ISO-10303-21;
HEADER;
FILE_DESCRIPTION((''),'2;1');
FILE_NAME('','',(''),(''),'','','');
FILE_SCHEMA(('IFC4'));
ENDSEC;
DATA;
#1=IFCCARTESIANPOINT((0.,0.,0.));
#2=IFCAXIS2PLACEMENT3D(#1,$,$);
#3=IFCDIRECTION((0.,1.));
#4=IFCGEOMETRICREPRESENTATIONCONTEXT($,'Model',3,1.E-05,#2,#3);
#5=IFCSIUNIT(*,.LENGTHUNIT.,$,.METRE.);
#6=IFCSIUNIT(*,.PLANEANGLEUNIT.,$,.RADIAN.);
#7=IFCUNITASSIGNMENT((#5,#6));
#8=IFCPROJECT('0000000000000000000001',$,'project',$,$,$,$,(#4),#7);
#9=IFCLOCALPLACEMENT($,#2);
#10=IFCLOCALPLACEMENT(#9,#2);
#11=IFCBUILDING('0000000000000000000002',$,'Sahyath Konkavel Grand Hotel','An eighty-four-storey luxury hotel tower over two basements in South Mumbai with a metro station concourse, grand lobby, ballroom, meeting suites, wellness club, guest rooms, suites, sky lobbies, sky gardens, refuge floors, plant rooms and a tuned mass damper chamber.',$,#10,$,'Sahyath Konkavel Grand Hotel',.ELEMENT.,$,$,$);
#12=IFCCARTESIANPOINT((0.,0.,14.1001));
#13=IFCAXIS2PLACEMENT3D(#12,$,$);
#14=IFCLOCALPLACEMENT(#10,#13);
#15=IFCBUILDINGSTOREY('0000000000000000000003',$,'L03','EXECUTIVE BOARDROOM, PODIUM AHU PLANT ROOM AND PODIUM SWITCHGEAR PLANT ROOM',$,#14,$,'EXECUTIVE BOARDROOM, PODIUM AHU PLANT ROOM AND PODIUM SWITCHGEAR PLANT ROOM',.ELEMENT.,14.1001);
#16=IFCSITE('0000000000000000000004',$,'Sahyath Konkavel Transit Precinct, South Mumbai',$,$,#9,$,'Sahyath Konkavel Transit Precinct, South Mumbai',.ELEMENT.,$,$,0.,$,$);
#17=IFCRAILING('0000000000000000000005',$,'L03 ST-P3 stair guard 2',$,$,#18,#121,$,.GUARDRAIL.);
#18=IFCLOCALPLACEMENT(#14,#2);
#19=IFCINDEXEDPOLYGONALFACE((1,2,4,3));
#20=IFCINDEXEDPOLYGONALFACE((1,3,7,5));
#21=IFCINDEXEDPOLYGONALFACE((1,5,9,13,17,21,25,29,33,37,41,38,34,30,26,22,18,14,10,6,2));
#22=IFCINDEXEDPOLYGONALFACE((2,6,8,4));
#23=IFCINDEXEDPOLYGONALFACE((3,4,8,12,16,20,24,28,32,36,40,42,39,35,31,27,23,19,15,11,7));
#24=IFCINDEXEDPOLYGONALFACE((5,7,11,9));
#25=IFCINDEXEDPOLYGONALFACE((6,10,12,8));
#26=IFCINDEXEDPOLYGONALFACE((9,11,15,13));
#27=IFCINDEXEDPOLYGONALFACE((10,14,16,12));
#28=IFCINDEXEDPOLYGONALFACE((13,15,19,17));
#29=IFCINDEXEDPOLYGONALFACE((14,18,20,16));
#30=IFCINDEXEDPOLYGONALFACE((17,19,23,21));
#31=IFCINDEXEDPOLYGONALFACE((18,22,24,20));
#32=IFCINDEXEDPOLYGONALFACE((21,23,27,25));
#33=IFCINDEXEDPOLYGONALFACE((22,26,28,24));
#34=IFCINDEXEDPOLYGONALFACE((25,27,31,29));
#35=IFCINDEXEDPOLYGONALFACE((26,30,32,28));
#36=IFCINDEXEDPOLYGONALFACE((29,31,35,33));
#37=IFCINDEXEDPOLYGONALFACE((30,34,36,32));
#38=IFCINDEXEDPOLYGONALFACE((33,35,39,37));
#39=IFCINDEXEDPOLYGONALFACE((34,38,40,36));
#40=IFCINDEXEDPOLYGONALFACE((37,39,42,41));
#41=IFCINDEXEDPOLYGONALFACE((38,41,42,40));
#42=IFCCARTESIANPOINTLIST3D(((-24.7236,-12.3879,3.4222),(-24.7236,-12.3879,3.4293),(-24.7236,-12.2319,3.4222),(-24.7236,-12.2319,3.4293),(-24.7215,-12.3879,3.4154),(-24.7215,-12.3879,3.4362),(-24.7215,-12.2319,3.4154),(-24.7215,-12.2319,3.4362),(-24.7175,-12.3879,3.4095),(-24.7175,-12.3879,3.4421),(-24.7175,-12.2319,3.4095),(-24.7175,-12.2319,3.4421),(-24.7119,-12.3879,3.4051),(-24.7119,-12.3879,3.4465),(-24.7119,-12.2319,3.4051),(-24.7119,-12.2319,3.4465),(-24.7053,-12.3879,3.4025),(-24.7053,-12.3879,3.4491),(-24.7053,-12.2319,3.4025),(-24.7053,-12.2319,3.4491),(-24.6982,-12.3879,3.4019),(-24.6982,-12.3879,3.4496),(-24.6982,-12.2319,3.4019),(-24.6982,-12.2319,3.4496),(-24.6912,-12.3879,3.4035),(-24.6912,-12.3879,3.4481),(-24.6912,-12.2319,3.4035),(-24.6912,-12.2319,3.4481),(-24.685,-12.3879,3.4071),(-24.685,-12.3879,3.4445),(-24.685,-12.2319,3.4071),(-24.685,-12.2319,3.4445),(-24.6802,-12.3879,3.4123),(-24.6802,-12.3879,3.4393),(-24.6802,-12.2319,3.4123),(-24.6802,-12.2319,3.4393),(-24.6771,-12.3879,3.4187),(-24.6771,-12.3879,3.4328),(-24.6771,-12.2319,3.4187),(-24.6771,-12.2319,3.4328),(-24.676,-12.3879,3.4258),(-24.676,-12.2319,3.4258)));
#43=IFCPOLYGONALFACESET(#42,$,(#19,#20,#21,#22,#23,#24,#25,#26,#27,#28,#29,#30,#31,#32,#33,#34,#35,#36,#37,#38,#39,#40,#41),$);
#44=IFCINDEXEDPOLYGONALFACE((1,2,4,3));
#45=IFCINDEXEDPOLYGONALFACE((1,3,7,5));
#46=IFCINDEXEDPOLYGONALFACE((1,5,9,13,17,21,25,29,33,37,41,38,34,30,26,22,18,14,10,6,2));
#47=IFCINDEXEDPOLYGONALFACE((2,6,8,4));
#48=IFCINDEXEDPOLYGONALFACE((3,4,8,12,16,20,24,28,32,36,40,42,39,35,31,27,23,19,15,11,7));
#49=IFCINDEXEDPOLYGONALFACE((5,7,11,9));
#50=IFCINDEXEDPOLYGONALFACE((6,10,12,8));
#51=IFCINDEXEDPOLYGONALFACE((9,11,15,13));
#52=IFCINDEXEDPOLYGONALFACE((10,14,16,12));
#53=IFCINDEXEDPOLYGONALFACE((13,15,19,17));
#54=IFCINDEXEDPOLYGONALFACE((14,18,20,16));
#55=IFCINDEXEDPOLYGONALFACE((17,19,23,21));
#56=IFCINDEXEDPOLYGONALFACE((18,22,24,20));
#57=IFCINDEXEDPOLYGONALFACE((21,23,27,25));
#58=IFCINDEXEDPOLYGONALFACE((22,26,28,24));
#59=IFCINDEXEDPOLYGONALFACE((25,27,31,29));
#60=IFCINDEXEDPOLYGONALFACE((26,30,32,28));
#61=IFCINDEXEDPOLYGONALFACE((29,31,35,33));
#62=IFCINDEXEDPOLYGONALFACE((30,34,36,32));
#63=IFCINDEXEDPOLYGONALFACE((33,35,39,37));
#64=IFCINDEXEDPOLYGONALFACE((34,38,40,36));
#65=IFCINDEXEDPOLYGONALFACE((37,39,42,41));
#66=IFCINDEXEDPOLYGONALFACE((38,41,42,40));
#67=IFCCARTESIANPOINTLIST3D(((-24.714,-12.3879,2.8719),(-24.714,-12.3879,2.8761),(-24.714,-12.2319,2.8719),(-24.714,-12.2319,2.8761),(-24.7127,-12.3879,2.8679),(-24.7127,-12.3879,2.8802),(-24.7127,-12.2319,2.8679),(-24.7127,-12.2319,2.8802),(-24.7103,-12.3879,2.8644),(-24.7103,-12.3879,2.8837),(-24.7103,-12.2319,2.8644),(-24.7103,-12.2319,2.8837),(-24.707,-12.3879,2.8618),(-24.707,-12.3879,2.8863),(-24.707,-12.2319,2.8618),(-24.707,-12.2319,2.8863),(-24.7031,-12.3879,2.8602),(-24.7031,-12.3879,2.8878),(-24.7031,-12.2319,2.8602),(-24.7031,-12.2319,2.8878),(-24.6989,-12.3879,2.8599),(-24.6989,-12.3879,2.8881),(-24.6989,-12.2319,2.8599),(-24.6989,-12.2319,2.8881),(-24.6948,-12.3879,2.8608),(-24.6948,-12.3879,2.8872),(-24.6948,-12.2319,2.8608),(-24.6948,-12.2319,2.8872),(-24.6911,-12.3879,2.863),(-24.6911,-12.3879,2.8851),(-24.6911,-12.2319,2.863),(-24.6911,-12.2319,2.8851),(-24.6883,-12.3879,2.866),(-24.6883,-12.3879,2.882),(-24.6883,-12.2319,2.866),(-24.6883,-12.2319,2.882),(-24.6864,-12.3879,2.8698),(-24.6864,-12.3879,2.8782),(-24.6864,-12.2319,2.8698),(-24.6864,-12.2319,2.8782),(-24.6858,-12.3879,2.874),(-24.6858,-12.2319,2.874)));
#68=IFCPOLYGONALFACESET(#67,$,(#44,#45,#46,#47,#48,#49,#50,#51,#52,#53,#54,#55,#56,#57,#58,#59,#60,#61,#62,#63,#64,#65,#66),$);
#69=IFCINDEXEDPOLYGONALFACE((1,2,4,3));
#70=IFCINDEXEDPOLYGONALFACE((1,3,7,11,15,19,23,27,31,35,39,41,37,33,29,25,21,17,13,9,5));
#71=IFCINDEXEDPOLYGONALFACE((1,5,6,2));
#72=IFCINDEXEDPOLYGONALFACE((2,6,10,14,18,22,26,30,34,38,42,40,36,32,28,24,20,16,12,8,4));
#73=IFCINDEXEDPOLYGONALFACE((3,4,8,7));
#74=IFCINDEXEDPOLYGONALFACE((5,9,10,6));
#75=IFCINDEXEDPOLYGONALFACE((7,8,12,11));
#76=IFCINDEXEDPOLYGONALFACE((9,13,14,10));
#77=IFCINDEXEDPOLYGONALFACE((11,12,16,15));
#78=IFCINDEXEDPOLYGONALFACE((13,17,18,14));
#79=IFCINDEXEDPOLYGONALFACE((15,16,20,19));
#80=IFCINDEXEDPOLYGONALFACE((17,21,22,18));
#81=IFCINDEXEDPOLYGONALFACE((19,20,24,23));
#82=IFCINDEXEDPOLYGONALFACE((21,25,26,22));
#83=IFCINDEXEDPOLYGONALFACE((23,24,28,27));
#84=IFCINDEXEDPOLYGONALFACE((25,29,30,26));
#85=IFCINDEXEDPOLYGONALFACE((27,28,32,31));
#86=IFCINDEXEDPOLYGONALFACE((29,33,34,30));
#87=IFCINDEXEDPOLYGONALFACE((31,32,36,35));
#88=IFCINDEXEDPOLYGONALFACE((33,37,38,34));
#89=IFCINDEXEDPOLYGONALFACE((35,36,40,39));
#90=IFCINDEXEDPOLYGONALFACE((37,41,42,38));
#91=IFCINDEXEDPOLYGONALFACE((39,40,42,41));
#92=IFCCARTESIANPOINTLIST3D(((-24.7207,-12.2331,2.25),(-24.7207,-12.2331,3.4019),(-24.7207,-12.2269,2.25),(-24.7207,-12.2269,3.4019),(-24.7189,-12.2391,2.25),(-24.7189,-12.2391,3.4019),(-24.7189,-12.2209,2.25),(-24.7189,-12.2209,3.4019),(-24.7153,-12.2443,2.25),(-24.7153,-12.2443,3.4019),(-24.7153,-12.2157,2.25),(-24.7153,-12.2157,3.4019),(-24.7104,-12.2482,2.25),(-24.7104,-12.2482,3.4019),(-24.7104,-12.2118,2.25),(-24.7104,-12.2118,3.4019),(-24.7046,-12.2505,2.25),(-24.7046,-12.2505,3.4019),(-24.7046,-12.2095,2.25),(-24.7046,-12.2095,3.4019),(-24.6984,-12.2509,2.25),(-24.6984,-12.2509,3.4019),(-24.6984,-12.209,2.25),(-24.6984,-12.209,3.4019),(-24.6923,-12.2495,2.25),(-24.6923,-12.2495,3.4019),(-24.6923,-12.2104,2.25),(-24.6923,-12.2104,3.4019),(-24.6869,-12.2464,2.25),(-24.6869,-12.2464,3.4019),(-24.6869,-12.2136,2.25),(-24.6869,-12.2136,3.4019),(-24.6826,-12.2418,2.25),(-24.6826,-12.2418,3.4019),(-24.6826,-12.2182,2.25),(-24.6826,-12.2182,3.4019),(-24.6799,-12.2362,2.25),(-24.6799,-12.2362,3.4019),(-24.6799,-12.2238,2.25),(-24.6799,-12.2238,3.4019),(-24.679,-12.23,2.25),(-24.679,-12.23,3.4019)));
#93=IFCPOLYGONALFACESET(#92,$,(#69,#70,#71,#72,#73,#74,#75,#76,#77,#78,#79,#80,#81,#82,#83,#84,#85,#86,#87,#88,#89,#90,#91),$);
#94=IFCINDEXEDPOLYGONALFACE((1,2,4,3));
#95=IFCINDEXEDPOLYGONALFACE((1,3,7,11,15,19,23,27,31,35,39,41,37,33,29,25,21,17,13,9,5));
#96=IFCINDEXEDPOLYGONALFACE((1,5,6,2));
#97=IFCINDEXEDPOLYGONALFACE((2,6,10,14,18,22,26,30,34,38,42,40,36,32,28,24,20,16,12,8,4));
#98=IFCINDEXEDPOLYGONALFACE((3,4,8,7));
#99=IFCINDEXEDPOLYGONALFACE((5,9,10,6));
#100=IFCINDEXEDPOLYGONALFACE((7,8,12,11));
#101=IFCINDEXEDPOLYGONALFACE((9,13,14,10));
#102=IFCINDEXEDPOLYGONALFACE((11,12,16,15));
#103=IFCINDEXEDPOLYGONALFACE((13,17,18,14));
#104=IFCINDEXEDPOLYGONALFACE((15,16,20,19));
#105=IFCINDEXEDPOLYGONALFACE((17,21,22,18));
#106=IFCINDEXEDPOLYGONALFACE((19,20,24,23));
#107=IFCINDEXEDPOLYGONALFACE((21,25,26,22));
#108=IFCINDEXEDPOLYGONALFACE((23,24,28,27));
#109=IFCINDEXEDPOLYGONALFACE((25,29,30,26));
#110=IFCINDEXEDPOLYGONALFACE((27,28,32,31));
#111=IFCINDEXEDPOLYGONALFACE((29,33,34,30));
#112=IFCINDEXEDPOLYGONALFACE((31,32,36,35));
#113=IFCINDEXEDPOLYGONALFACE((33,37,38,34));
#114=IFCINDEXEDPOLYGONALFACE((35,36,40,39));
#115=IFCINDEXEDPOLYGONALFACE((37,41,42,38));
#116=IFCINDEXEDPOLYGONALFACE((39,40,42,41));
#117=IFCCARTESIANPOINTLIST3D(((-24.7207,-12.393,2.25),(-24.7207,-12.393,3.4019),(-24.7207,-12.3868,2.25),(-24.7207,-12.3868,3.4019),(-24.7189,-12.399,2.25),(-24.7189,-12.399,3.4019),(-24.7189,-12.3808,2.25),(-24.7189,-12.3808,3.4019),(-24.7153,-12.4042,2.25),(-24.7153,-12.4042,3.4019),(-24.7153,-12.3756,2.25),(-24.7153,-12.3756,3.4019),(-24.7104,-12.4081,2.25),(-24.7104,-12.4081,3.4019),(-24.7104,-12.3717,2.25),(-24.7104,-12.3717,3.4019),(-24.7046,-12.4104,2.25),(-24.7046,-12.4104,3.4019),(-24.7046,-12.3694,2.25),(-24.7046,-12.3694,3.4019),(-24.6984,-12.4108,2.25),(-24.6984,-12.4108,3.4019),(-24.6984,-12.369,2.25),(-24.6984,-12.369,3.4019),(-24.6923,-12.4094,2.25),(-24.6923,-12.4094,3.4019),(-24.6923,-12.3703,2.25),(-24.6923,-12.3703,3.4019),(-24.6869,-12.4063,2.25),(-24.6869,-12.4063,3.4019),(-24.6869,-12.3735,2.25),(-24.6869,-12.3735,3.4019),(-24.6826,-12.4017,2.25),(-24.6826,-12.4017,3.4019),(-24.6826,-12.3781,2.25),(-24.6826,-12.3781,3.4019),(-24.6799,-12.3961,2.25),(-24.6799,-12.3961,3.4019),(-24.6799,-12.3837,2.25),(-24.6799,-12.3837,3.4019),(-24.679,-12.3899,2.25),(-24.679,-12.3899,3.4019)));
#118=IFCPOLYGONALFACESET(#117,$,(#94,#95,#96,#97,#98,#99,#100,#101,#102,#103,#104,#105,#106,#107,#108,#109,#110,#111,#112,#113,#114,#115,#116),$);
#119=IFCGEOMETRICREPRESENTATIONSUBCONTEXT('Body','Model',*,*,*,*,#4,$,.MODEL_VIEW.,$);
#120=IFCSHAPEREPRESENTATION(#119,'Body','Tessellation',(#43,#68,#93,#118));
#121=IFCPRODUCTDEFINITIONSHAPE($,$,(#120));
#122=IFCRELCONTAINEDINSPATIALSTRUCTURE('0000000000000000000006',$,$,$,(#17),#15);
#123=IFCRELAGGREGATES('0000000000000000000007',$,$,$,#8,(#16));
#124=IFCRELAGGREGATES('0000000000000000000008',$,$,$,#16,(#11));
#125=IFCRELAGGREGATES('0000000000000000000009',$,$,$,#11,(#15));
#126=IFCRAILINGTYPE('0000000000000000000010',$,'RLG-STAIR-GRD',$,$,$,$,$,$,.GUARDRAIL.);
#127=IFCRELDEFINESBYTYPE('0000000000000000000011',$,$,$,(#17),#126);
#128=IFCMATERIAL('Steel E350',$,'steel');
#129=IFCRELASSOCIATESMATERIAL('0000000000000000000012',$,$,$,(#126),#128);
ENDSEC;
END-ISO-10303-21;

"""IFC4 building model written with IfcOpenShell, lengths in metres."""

from ifc_helpers import new_model, si_unit, direction, frame, origin, origin_2d, place, context, subcontext, project, spatial, circle, extrude, material, type_object, element, save


model = new_model("IFC4")

# Units and contexts
model_context = context("Model", 3, precision=1e-05, world=origin(), true_north=direction((0.0, 1.0)))
body_context = subcontext(model_context, "Body", "Model", "MODEL_VIEW")
ifc_project = project(units=[si_unit("LENGTHUNIT", "METRE"), si_unit("PLANEANGLEUNIT", "RADIAN")], contexts=[model_context])

# Site, building, storey
site_placement = place(None, origin())
site = spatial("IfcSite", under=ifc_project, at=site_placement, Name="Sahyath Konkavel Transit Precinct, South Mumbai", LongName="Sahyath Konkavel Transit Precinct, South Mumbai", CompositionType="ELEMENT", RefElevation=0.0)
building_placement = place(site_placement, origin())
building = spatial("IfcBuilding", under=site, at=building_placement, Name="Sahyath Konkavel Grand Hotel", Description="An eighty-four-storey luxury hotel tower over two basements in South Mumbai with a metro station concourse, grand lobby, ballroom, meeting suites, wellness club, guest rooms, suites, sky lobbies, sky gardens, refuge floors, plant rooms and a tuned mass damper chamber.", LongName="Sahyath Konkavel Grand Hotel", CompositionType="ELEMENT")
storey_placement = place(building_placement, frame((0.0, 0.0, 14.1001)))
storey = spatial("IfcBuildingStorey", under=building, at=storey_placement, Name="L03", Description="EXECUTIVE BOARDROOM, PODIUM AHU PLANT ROOM AND PODIUM SWITCHGEAR PLANT ROOM", LongName="EXECUTIVE BOARDROOM, PODIUM AHU PLANT ROOM AND PODIUM SWITCHGEAR PLANT ROOM", CompositionType="ELEMENT", Elevation=14.1001)

# Shared definitions
ifc_material_1 = material(Name="Steel E350", Category="steel")

# Railing
railing_type_1 = type_object("IfcRailingType", Name="RLG-STAIR-GRD", PredefinedType="GUARDRAIL", material=ifc_material_1)
railing_1_placement = place(storey_placement, frame((-24.7, -12.23, 2.25)))
element("IfcRailing", 1, at=railing_1_placement, inside=storey, type_object=railing_type_1, Name="L03 ST-P3 stair guard 2", PredefinedType="GUARDRAIL", context=body_context, shape_type="SweptSolid", body=[
    extrude(circle(Radius=0.0239, at=origin_2d()), frame((0.0, -0.002, 1.1758), z_axis=(0.0, -1.0, 0.0), x_axis=(1.0, 0.0, 0.0)), (0.0, 0.0, 1.0), 0.156),
    extrude(circle(Radius=0.0142, at=origin_2d()), frame((0.0, -0.002, 0.624), z_axis=(0.0, -1.0, 0.0), x_axis=(1.0, 0.0, 0.0)), (0.0, 0.0, 1.0), 0.156),
    extrude(circle(Radius=0.021, at=origin_2d()), origin(), (0.0, 0.0, 1.0), 1.1519),
    extrude(circle(Radius=0.021, at=origin_2d()), frame((0.0, -0.1599, 0.0)), (0.0, 0.0, 1.0), 1.1519),
])

save(model, "model.ifc")
